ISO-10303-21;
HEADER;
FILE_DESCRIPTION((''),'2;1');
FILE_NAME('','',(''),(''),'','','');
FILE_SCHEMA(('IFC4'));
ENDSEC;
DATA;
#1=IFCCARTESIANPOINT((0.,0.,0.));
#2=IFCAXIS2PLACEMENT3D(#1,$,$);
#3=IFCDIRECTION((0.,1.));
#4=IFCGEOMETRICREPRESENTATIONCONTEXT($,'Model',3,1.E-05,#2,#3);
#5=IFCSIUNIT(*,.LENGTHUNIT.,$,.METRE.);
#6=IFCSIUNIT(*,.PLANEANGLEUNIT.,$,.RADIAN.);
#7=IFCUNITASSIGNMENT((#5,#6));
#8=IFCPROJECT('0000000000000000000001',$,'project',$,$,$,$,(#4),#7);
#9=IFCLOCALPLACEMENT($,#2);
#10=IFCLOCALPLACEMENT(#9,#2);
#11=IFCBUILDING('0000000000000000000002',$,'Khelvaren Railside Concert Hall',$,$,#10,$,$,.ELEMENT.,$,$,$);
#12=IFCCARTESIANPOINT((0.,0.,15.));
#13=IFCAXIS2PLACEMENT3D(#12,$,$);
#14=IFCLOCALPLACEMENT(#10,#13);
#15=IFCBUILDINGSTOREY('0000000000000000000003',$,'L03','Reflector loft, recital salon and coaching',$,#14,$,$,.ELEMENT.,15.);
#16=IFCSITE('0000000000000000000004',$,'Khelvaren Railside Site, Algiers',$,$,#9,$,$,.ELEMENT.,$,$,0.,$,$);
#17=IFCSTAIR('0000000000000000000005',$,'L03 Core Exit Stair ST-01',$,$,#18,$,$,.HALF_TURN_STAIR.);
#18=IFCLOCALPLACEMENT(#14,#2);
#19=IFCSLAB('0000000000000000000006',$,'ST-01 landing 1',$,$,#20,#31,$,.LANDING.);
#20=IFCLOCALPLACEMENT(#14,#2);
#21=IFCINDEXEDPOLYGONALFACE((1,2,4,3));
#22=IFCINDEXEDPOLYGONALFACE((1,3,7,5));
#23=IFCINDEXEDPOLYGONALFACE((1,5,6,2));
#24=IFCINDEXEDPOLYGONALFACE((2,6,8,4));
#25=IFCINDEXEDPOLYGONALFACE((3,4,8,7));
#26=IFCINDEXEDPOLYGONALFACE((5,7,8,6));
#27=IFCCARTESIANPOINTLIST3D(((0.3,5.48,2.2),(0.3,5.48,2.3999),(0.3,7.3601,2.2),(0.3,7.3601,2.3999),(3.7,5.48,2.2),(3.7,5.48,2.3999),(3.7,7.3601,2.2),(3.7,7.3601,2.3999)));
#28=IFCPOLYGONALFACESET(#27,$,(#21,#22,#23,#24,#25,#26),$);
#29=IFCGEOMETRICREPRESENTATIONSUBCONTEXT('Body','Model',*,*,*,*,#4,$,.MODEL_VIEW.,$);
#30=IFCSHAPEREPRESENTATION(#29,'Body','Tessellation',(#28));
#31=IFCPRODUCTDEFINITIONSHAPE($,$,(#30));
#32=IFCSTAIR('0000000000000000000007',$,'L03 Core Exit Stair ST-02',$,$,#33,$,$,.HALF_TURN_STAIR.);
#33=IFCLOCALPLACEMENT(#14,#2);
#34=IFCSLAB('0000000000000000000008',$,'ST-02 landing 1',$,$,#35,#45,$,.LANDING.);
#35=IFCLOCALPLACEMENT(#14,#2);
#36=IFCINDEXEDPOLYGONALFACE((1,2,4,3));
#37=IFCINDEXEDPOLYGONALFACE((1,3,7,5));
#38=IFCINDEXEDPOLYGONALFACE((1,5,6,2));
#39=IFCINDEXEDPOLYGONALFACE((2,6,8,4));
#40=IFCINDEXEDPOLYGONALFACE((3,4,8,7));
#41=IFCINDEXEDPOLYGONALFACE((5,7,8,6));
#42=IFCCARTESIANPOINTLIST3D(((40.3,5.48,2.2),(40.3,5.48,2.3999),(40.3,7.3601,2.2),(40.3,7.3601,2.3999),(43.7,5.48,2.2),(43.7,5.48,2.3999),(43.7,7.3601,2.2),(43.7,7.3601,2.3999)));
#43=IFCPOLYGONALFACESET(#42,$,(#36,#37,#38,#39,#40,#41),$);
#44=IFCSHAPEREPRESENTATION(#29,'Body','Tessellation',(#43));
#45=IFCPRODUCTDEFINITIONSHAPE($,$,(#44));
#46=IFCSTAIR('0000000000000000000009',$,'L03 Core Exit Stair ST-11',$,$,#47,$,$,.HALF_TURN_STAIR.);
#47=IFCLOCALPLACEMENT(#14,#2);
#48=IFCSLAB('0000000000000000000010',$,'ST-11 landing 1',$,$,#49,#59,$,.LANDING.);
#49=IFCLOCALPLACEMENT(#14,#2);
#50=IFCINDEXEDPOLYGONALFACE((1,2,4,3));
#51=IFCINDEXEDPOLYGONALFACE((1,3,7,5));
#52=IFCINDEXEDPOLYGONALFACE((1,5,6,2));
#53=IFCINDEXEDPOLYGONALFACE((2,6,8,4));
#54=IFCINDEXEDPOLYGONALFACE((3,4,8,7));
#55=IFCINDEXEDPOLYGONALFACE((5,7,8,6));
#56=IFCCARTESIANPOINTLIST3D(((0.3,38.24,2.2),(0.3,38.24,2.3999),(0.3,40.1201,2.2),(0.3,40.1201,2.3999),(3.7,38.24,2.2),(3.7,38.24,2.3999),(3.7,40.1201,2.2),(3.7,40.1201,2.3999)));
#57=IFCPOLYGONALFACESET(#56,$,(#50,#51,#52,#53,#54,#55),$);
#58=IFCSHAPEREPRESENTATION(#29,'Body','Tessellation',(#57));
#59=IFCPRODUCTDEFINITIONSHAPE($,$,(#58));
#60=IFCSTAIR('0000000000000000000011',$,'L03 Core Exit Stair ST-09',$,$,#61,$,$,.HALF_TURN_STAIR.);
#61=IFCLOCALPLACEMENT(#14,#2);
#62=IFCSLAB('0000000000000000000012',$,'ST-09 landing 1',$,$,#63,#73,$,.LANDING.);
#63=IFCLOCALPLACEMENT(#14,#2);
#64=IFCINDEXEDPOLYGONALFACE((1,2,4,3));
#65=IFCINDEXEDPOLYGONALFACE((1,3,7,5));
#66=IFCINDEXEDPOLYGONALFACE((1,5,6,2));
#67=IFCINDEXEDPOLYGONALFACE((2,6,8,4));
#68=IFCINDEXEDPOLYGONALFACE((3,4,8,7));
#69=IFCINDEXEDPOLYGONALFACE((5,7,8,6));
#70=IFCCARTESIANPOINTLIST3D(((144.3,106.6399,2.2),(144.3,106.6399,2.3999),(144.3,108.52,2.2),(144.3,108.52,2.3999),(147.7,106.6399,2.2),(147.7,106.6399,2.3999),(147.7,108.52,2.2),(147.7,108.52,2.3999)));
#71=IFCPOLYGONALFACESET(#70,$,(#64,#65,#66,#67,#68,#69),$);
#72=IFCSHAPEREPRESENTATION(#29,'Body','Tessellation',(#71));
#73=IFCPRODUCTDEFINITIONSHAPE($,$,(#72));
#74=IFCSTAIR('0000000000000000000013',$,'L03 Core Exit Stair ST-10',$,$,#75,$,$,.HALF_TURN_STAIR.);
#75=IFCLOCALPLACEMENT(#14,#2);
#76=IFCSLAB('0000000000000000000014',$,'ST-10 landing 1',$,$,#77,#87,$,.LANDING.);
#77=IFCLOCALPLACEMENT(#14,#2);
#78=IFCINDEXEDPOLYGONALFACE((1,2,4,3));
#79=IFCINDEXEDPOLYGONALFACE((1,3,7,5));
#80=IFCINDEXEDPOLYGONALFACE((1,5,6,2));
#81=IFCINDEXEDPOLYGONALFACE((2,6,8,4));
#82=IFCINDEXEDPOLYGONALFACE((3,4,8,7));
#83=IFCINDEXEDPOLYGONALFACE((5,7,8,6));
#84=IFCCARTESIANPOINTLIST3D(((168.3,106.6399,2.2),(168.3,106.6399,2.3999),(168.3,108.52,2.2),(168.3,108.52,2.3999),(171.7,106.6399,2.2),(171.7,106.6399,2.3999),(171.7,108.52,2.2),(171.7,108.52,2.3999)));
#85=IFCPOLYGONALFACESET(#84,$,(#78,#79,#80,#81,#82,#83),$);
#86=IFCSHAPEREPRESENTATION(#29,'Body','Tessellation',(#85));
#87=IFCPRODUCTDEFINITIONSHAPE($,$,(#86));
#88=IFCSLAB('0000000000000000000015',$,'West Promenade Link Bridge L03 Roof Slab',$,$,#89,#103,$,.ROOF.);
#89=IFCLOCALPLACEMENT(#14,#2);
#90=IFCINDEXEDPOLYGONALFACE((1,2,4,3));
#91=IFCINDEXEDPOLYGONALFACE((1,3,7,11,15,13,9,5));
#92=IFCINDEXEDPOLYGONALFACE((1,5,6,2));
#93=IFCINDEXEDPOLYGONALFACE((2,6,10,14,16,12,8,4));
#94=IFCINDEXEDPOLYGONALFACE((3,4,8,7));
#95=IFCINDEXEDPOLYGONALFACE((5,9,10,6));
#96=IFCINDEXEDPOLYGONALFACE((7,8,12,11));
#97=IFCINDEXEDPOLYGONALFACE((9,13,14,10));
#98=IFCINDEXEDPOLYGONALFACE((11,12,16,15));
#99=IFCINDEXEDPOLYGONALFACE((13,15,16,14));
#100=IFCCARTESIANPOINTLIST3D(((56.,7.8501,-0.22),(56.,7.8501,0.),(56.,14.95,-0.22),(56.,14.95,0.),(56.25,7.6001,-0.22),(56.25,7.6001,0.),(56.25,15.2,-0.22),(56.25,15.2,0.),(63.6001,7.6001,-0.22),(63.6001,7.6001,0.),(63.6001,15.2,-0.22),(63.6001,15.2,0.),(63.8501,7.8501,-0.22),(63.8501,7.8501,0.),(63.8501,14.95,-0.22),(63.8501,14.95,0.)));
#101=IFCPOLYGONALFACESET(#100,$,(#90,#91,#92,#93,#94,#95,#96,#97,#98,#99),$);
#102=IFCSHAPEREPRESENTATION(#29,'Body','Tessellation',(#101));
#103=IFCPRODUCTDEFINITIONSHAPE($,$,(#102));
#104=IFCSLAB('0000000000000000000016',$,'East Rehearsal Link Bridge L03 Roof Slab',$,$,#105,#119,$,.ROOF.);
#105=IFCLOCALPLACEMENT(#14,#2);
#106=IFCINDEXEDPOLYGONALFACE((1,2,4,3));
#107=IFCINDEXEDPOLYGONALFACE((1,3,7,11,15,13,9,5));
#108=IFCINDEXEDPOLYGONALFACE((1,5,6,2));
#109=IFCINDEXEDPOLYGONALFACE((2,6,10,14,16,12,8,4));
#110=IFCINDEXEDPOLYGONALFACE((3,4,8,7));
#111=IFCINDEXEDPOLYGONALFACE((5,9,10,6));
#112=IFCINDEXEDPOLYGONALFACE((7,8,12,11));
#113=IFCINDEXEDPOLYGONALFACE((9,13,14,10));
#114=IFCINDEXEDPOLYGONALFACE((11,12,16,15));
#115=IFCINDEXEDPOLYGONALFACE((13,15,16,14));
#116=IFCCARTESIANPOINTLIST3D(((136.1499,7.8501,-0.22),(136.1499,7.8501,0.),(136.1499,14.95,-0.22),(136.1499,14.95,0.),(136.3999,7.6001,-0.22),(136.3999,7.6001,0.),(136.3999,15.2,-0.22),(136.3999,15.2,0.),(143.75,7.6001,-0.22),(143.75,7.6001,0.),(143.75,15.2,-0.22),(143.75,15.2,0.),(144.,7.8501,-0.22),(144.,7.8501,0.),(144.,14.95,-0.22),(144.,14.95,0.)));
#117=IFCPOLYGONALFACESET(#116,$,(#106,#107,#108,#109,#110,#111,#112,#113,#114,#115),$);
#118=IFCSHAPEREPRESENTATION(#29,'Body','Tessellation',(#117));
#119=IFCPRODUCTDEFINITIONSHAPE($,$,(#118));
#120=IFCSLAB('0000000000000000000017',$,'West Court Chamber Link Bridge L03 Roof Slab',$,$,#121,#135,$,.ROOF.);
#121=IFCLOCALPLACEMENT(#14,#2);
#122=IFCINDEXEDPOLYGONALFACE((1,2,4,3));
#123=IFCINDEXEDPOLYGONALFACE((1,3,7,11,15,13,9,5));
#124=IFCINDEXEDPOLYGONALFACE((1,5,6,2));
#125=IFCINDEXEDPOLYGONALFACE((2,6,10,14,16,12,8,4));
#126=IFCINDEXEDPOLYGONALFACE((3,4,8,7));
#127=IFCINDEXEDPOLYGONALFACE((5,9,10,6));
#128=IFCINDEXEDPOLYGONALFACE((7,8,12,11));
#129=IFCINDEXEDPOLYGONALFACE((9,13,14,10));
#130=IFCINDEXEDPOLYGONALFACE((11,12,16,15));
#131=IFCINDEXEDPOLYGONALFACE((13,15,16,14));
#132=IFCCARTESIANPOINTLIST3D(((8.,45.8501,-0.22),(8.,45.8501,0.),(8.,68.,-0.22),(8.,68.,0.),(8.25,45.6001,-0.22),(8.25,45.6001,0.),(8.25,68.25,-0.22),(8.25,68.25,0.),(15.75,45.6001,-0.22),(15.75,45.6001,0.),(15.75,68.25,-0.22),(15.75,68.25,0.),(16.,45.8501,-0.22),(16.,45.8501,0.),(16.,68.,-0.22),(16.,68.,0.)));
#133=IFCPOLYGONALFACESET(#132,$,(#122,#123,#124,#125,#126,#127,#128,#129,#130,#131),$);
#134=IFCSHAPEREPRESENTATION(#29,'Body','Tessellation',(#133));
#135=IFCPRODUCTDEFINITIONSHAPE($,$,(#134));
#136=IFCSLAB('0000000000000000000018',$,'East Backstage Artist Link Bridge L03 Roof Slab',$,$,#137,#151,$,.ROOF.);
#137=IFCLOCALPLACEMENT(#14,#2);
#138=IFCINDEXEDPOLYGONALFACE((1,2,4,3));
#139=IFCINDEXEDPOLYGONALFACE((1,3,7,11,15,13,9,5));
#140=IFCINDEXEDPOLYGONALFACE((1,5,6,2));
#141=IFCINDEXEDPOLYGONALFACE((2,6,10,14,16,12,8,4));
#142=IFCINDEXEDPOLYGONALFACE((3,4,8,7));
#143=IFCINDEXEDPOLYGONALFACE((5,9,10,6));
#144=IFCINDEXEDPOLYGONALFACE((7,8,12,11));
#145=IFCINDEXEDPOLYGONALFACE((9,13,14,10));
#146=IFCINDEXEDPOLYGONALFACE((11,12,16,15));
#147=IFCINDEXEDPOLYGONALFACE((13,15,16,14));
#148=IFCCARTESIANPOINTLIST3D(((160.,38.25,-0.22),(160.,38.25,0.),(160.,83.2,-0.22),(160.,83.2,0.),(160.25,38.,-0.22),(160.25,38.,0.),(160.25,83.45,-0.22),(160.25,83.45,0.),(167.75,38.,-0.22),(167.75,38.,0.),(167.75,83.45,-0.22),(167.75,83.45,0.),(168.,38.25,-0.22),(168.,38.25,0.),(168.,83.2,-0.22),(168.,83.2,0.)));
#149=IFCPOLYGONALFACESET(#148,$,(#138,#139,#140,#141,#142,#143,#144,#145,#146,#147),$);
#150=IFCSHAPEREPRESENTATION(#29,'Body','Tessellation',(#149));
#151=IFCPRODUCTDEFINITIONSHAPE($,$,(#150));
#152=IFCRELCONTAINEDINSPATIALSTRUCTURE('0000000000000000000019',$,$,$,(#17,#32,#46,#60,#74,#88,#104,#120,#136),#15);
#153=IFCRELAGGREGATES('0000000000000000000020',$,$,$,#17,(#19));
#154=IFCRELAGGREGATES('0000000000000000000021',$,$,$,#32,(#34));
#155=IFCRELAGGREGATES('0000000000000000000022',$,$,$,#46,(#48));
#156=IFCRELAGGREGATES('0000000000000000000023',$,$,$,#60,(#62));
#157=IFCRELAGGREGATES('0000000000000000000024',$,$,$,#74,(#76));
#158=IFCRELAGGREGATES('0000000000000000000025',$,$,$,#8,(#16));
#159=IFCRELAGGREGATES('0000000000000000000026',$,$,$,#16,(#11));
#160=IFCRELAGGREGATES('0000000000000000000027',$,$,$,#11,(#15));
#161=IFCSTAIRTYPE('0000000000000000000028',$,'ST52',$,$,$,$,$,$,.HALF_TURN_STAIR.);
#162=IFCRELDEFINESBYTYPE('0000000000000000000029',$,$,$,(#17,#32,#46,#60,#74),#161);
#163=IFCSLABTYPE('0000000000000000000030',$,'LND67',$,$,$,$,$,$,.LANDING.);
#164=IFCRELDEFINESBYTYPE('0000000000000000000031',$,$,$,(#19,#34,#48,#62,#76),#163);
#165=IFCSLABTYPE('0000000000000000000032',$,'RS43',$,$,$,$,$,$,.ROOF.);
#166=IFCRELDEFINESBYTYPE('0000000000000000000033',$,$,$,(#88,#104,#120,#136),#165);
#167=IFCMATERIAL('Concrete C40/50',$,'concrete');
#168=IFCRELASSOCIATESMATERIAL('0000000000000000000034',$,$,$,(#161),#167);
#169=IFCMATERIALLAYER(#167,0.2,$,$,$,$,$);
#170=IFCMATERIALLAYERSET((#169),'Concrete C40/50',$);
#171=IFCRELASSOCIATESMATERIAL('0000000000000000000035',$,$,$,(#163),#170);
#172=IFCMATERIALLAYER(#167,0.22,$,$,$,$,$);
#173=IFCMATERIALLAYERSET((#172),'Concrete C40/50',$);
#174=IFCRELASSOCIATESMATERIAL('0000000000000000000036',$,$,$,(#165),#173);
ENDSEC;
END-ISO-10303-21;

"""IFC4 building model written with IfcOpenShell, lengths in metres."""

from ifc_helpers import new_model, si_unit, direction, frame, origin, place, context, subcontext, project, spatial, polyline, outline, extrude, material, layer, layer_set, type_object, element, aggregate, save


model = new_model("IFC4")

# Units and contexts
model_context = context("Model", 3, precision=1e-05, world=origin(), true_north=direction((0.0, 1.0)))
body_context = subcontext(model_context, "Body", "Model", "MODEL_VIEW")
ifc_project = project(units=[si_unit("LENGTHUNIT", "METRE"), si_unit("PLANEANGLEUNIT", "RADIAN")], contexts=[model_context])

# Site, building, storey
site_placement = place(None, origin())
site = spatial("IfcSite", under=ifc_project, at=site_placement, Name="Khelvaren Railside Site, Algiers", CompositionType="ELEMENT", RefElevation=0.0)
building_placement = place(site_placement, origin())
building = spatial("IfcBuilding", under=site, at=building_placement, Name="Khelvaren Railside Concert Hall", CompositionType="ELEMENT")
storey_placement = place(building_placement, frame((0.0, 0.0, 15.0)))
storey = spatial("IfcBuildingStorey", under=building, at=storey_placement, Name="L03", Description="Reflector loft, recital salon and coaching", CompositionType="ELEMENT", Elevation=15.0)

# Shared definitions
ifc_material_1 = material(Name="Concrete C40/50", Category="concrete")

# Stairs, slabs
stair_type = type_object("IfcStairType", Name="ST52", PredefinedType="HALF_TURN_STAIR", material=ifc_material_1)
stair_1_placement = place(storey_placement, origin())
stair_1 = element("IfcStair", 1, at=stair_1_placement, inside=storey, type_object=stair_type, Name="L03 Core Exit Stair ST-01", PredefinedType="HALF_TURN_STAIR")
ifc_layer_1 = layer(ifc_material_1, 0.2)
ifc_layer_set_1 = layer_set([ifc_layer_1], Name="Concrete C40/50")
slab_type_1 = type_object("IfcSlabType", Name="LND67", PredefinedType="LANDING", material=ifc_layer_set_1)
slab_1_placement = place(storey_placement, frame((0.0, 0.0, 2.2)))
slab_1 = element("IfcSlab", 2, at=slab_1_placement, type_object=slab_type_1, Name="ST-01 landing 1", PredefinedType="LANDING", context=body_context, shape_type="SweptSolid", body=[
    extrude(outline(polyline([(3.7, 5.48), (3.7, 7.3601), (0.3, 7.3601), (0.3, 5.48), (3.7, 5.48)])), origin(), (0.0, 0.0, 1.0), 0.2),
])
aggregate(stair_1, [slab_1])
stair_2_placement = place(storey_placement, origin())
stair_2 = element("IfcStair", 3, at=stair_2_placement, inside=storey, type_object=stair_type, Name="L03 Core Exit Stair ST-02", PredefinedType="HALF_TURN_STAIR")
slab_2_placement = place(storey_placement, frame((0.0, 0.0, 2.2)))
slab_2 = element("IfcSlab", 4, at=slab_2_placement, type_object=slab_type_1, Name="ST-02 landing 1", PredefinedType="LANDING", context=body_context, shape_type="SweptSolid", body=[
    extrude(outline(polyline([(43.7, 5.48), (43.7, 7.3601), (40.3, 7.3601), (40.3, 5.48), (43.7, 5.48)])), origin(), (0.0, 0.0, 1.0), 0.2),
])
aggregate(stair_2, [slab_2])
stair_3_placement = place(storey_placement, origin())
stair_3 = element("IfcStair", 5, at=stair_3_placement, inside=storey, type_object=stair_type, Name="L03 Core Exit Stair ST-11", PredefinedType="HALF_TURN_STAIR")
slab_3_placement = place(storey_placement, frame((0.0, 0.0, 2.2)))
slab_3 = element("IfcSlab", 6, at=slab_3_placement, type_object=slab_type_1, Name="ST-11 landing 1", PredefinedType="LANDING", context=body_context, shape_type="SweptSolid", body=[
    extrude(outline(polyline([(0.3, 40.1201), (0.3, 38.24), (3.7, 38.24), (3.7, 40.1201), (0.3, 40.1201)])), origin(), (0.0, 0.0, 1.0), 0.2),
])
aggregate(stair_3, [slab_3])
stair_4_placement = place(storey_placement, origin())
stair_4 = element("IfcStair", 7, at=stair_4_placement, inside=storey, type_object=stair_type, Name="L03 Core Exit Stair ST-09", PredefinedType="HALF_TURN_STAIR")
slab_4_placement = place(storey_placement, frame((0.0, 0.0, 2.2)))
slab_4 = element("IfcSlab", 8, at=slab_4_placement, type_object=slab_type_1, Name="ST-09 landing 1", PredefinedType="LANDING", context=body_context, shape_type="SweptSolid", body=[
    extrude(outline(polyline([(144.3, 108.52), (144.3, 106.6399), (147.7, 106.6399), (147.7, 108.52), (144.3, 108.52)])), origin(), (0.0, 0.0, 1.0), 0.2),
])
aggregate(stair_4, [slab_4])
stair_5_placement = place(storey_placement, origin())
stair_5 = element("IfcStair", 9, at=stair_5_placement, inside=storey, type_object=stair_type, Name="L03 Core Exit Stair ST-10", PredefinedType="HALF_TURN_STAIR")
slab_5_placement = place(storey_placement, frame((0.0, 0.0, 2.2)))
slab_5 = element("IfcSlab", 10, at=slab_5_placement, type_object=slab_type_1, Name="ST-10 landing 1", PredefinedType="LANDING", context=body_context, shape_type="SweptSolid", body=[
    extrude(outline(polyline([(168.3, 108.52), (168.3, 106.6399), (171.7, 106.6399), (171.7, 108.52), (168.3, 108.52)])), origin(), (0.0, 0.0, 1.0), 0.2),
])
aggregate(stair_5, [slab_5])

# Slabs
ifc_layer_2 = layer(ifc_material_1, 0.22)
ifc_layer_set_2 = layer_set([ifc_layer_2], Name="Concrete C40/50")
slab_type_2 = type_object("IfcSlabType", Name="RS43", PredefinedType="ROOF", material=ifc_layer_set_2)
slab_6_placement = place(storey_placement, frame((0.0, 0.0, -0.22)))
element("IfcSlab", 11, at=slab_6_placement, inside=storey, type_object=slab_type_2, Name="West Promenade Link Bridge L03 Roof Slab", PredefinedType="ROOF", context=body_context, shape_type="SweptSolid", body=[
    extrude(outline(polyline([(56.25, 7.6001), (63.6001, 7.6001), (63.8501, 7.8501), (63.8501, 14.95), (63.6001, 15.2), (56.25, 15.2), (56.0, 14.95), (56.0, 7.8501), (56.25, 7.6001)])), origin(), (0.0, 0.0, 1.0), 0.22),
])
slab_7_placement = place(storey_placement, frame((0.0, 0.0, -0.22)))
element("IfcSlab", 12, at=slab_7_placement, inside=storey, type_object=slab_type_2, Name="East Rehearsal Link Bridge L03 Roof Slab", PredefinedType="ROOF", context=body_context, shape_type="SweptSolid", body=[
    extrude(outline(polyline([(136.3999, 7.6001), (143.75, 7.6001), (144.0, 7.8501), (144.0, 14.95), (143.75, 15.2), (136.3999, 15.2), (136.1499, 14.95), (136.1499, 7.8501), (136.3999, 7.6001)])), origin(), (0.0, 0.0, 1.0), 0.22),
])
slab_8_placement = place(storey_placement, frame((0.0, 0.0, -0.22)))
element("IfcSlab", 13, at=slab_8_placement, inside=storey, type_object=slab_type_2, Name="West Court Chamber Link Bridge L03 Roof Slab", PredefinedType="ROOF", context=body_context, shape_type="SweptSolid", body=[
    extrude(outline(polyline([(8.25, 45.6001), (15.75, 45.6001), (16.0, 45.8501), (16.0, 68.0), (15.75, 68.25), (8.25, 68.25), (8.0, 68.0), (8.0, 45.8501), (8.25, 45.6001)])), origin(), (0.0, 0.0, 1.0), 0.22),
])
slab_9_placement = place(storey_placement, frame((0.0, 0.0, -0.22)))
element("IfcSlab", 14, at=slab_9_placement, inside=storey, type_object=slab_type_2, Name="East Backstage Artist Link Bridge L03 Roof Slab", PredefinedType="ROOF", context=body_context, shape_type="SweptSolid", body=[
    extrude(outline(polyline([(160.25, 38.0), (167.75, 38.0), (168.0, 38.25), (168.0, 83.2), (167.75, 83.45), (160.25, 83.45), (160.0, 83.2), (160.0, 38.25), (160.25, 38.0)])), origin(), (0.0, 0.0, 1.0), 0.22),
])

save(model, "model.ifc")
